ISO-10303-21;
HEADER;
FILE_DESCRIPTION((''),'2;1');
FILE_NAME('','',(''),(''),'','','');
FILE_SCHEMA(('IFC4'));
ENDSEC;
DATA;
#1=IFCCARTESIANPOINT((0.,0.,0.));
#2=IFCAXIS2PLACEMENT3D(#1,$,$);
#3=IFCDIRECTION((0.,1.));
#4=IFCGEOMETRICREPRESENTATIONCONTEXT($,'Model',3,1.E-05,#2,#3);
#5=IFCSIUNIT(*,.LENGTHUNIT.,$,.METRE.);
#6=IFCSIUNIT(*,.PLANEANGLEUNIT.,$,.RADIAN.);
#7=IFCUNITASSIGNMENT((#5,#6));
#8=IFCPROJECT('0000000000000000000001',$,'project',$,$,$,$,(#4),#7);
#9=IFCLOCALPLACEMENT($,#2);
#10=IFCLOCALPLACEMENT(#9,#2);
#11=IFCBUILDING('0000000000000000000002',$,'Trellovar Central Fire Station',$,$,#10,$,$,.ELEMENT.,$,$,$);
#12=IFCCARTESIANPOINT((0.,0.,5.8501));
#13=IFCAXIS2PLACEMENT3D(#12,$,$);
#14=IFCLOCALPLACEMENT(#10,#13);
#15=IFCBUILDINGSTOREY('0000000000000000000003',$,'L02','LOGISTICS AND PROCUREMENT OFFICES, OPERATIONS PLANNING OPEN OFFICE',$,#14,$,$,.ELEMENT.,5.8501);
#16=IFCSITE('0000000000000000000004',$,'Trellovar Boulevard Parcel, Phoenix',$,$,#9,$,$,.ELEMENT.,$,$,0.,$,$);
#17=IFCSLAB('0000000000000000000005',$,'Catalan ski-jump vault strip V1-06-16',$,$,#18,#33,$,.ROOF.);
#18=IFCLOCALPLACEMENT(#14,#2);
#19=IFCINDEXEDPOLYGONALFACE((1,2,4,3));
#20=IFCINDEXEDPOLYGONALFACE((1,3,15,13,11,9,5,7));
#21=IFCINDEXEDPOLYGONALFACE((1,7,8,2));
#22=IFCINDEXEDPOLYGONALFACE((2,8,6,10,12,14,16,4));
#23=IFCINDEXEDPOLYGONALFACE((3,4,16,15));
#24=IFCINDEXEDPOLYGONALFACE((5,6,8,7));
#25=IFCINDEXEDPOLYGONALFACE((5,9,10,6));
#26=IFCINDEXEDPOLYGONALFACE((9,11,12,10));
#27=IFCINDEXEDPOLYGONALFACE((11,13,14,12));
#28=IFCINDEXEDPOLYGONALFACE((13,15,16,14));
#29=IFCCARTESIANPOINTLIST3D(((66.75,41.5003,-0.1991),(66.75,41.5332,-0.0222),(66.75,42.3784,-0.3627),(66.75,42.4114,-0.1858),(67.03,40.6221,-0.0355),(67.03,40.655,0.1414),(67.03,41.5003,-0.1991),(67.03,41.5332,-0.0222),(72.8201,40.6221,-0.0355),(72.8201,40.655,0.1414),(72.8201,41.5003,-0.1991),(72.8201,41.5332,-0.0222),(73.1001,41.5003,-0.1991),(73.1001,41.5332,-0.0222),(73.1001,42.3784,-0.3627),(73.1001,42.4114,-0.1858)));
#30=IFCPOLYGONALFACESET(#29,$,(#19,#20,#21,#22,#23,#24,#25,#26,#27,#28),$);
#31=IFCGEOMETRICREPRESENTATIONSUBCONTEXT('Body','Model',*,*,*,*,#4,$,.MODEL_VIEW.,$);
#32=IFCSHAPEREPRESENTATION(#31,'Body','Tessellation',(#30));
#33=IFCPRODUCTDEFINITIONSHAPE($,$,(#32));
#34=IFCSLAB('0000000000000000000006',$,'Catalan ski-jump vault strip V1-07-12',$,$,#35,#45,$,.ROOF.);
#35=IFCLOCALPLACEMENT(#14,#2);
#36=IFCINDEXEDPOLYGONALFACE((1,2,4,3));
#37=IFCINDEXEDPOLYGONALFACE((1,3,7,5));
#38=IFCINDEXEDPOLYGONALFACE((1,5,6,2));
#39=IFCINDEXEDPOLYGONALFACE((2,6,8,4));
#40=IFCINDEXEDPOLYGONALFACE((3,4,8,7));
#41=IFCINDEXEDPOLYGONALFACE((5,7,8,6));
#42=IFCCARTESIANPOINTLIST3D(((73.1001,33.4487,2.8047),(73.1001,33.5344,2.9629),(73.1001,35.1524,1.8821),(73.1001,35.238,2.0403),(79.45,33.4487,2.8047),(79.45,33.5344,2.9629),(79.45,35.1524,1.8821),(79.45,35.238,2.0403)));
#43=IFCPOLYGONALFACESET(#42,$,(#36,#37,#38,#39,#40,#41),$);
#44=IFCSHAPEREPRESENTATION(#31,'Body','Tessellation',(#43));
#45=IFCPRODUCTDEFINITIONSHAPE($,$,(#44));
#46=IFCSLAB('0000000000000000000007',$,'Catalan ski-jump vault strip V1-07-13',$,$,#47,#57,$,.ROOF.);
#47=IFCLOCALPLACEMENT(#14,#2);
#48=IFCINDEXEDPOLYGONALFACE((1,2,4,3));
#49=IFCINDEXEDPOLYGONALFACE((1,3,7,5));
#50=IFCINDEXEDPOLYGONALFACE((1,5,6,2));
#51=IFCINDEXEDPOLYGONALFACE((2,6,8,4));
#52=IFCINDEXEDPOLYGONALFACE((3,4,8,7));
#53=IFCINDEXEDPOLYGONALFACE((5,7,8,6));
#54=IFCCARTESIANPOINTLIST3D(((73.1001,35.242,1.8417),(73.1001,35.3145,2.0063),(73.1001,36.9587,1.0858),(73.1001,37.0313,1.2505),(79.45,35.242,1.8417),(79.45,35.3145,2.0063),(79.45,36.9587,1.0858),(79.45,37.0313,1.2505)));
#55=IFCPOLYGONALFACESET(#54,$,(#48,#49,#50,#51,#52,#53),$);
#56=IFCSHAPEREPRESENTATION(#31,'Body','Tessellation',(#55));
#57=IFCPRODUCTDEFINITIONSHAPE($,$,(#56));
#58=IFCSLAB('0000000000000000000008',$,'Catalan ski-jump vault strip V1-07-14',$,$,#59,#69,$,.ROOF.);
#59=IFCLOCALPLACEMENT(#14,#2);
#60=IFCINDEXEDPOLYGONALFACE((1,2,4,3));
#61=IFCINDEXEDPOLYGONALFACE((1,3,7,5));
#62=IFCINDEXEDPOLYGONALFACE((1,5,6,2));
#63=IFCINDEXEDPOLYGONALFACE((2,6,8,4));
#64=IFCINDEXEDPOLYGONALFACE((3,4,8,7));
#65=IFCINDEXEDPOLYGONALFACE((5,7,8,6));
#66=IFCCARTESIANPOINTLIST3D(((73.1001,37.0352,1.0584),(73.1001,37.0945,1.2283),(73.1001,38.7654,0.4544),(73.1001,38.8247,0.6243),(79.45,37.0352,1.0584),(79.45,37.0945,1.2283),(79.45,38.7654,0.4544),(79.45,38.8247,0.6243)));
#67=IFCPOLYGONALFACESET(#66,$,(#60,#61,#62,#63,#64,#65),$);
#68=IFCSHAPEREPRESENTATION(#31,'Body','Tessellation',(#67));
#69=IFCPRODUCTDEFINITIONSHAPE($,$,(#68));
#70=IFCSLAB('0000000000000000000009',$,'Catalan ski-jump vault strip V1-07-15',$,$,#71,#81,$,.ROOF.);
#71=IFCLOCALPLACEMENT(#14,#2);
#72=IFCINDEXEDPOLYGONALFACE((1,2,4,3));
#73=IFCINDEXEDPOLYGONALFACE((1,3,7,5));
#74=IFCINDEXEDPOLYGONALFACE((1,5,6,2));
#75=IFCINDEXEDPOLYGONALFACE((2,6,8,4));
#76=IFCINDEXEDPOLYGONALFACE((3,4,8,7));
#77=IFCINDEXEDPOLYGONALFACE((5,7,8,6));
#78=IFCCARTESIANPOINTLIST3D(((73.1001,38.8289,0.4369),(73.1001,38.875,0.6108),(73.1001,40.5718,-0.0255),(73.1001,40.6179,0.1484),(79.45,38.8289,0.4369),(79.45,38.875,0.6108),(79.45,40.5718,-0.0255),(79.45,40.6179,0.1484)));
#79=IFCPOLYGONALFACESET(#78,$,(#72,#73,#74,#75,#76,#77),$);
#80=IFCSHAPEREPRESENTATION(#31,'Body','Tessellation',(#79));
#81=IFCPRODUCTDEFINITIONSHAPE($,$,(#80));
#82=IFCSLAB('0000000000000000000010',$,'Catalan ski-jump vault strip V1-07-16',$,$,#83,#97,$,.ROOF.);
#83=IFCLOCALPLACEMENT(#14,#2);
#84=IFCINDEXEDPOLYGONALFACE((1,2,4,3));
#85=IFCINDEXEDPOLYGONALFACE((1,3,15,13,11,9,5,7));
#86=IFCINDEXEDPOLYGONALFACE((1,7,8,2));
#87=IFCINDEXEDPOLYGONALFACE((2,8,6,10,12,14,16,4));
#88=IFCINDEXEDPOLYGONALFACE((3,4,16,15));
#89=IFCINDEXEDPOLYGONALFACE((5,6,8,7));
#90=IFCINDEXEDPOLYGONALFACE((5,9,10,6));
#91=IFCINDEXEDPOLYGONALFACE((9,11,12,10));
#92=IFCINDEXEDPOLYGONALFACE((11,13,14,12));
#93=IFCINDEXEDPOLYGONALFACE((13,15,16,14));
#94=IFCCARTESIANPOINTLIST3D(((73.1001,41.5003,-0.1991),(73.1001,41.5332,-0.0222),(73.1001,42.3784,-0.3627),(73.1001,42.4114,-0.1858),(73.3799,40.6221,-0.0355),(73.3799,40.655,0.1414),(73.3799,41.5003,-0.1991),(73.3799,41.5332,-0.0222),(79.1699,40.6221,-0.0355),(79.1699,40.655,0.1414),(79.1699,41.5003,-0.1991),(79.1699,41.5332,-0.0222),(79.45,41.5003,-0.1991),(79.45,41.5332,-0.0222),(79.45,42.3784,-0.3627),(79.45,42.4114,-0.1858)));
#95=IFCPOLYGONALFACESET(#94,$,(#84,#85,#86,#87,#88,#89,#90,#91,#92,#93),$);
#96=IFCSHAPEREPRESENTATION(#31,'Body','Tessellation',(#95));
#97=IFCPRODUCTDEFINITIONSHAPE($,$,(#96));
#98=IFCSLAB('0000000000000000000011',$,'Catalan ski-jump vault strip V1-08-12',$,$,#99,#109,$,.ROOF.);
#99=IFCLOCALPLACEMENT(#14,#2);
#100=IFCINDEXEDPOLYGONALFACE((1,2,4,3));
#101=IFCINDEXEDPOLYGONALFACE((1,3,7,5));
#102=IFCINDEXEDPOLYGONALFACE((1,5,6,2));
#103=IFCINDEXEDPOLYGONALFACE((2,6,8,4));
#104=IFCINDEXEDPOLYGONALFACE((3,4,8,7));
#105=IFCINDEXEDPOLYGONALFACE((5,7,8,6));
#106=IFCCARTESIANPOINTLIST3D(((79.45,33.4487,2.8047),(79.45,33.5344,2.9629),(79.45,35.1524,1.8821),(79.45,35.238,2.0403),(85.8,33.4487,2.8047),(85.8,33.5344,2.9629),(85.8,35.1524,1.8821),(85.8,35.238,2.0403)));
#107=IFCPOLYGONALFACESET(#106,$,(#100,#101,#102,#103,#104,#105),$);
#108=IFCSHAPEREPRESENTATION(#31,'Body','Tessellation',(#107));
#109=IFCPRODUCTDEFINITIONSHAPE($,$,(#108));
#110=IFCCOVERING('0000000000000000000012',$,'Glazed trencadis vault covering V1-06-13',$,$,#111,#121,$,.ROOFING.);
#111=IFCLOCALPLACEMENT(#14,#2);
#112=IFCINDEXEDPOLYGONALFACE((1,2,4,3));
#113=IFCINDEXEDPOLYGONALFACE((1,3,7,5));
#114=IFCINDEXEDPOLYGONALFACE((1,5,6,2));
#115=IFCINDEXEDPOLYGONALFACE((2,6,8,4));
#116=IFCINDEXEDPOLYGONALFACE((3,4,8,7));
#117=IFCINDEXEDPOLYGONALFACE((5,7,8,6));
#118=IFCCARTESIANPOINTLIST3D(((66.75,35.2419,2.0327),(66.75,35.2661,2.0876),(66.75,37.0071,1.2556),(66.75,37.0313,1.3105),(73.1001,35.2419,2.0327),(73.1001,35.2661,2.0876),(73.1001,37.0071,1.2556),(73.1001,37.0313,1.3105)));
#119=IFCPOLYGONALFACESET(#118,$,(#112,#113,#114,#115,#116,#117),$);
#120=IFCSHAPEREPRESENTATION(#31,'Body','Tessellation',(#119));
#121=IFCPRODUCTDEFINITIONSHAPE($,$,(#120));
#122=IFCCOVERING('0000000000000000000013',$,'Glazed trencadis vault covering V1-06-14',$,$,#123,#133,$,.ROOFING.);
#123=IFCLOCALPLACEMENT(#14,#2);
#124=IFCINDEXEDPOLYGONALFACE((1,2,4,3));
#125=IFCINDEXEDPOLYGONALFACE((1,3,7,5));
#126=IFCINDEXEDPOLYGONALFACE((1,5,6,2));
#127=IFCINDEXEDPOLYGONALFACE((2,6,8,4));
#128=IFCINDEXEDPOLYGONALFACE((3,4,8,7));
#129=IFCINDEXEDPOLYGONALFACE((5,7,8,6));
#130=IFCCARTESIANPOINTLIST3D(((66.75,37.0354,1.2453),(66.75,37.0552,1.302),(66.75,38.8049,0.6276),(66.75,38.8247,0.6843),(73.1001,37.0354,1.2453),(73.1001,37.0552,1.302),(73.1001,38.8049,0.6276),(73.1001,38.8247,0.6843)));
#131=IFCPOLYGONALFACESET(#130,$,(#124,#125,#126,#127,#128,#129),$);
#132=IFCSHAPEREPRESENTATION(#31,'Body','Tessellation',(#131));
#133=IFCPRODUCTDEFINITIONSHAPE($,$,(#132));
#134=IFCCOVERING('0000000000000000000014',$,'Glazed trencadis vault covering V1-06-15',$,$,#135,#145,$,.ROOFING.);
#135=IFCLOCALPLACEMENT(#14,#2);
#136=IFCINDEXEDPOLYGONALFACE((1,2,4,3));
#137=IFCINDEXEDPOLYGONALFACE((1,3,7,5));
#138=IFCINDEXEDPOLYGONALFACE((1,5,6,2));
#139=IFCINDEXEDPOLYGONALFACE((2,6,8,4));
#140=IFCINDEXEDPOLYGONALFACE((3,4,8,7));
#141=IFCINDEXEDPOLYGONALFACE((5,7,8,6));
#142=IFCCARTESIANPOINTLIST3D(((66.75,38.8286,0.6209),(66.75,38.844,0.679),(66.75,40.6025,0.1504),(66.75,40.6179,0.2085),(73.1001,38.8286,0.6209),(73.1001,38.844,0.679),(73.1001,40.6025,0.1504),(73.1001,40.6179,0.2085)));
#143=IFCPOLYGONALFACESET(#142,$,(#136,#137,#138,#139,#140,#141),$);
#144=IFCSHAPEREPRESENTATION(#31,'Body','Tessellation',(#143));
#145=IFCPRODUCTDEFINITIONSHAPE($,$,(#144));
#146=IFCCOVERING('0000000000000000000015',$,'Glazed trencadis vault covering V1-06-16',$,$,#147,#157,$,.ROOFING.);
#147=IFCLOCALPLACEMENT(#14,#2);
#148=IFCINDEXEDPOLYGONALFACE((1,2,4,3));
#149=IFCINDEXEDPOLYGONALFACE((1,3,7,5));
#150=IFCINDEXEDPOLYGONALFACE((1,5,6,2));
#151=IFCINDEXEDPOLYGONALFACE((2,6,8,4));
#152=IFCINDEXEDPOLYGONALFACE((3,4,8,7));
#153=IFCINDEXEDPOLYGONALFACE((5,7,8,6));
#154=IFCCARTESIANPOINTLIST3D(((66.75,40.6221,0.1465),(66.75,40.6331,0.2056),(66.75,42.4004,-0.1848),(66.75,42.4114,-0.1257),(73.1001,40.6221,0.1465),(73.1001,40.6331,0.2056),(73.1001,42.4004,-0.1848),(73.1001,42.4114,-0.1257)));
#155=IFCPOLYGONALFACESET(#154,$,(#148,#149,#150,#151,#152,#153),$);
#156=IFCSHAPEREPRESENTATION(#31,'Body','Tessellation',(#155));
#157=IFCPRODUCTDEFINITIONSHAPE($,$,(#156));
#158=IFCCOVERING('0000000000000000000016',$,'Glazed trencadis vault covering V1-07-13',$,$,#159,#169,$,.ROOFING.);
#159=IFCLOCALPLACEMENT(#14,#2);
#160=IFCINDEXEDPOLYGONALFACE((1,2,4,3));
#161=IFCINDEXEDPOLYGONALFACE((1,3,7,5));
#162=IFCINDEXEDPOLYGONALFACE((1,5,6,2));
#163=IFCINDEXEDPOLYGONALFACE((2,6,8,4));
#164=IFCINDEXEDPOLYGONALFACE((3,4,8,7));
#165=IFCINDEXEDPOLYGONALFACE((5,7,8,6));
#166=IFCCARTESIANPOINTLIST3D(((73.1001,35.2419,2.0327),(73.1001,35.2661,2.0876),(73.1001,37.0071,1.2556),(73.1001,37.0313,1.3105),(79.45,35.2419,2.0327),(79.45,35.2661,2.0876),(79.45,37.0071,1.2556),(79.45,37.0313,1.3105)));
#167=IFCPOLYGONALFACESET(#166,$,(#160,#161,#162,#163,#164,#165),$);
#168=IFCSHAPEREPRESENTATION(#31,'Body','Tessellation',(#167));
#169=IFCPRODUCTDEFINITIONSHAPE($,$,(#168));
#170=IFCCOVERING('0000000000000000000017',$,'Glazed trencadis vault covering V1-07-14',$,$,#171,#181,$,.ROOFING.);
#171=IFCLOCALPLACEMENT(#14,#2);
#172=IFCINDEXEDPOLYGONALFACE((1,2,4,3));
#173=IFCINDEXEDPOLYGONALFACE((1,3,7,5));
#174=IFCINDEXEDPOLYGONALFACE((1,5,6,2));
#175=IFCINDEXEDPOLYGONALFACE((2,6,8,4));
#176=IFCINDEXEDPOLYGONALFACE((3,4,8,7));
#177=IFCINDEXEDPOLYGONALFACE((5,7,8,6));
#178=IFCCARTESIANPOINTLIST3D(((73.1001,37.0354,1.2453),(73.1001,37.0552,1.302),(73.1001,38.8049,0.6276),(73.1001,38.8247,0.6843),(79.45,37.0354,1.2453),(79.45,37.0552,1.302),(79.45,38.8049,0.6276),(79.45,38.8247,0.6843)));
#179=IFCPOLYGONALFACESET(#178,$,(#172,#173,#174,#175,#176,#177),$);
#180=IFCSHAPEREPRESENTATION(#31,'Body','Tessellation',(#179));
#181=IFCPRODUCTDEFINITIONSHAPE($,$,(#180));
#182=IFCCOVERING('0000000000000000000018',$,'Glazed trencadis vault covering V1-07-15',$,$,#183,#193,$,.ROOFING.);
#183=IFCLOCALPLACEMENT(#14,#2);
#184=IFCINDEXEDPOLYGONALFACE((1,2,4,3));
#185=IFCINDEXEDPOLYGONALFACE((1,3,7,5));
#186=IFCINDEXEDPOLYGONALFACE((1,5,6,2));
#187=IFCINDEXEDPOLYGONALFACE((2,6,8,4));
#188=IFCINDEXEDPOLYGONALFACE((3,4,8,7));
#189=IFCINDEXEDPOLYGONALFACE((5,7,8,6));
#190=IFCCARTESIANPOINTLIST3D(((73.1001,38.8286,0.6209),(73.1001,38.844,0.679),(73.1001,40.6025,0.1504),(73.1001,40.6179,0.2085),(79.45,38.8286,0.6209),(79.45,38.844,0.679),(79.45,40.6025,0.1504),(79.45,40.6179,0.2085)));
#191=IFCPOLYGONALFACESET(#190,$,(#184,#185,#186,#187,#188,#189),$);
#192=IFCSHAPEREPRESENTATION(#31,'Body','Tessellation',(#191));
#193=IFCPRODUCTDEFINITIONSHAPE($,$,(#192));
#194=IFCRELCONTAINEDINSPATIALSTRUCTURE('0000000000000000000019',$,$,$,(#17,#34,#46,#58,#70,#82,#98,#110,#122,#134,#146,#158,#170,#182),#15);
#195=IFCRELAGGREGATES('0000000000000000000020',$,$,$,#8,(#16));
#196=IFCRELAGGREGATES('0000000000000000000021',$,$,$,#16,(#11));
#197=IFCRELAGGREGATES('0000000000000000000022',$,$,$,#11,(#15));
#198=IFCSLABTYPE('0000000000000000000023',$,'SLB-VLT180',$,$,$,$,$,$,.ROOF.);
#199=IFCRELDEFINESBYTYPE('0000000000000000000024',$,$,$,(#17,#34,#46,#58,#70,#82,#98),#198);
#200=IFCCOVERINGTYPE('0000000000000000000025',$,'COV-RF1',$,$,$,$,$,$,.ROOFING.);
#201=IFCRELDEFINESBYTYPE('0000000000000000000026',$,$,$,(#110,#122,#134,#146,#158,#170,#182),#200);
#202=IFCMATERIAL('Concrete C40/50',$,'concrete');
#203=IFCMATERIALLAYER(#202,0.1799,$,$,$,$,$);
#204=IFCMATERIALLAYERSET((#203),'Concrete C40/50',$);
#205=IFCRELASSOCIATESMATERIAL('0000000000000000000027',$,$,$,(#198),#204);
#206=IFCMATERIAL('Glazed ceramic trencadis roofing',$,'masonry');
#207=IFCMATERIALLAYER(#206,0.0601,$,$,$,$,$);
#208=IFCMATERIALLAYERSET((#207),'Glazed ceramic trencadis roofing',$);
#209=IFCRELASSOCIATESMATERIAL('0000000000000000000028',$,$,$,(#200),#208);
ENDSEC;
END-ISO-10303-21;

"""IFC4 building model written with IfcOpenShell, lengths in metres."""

from ifc_helpers import new_model, si_unit, direction, frame, origin, place, context, subcontext, project, spatial, polyline, outline, extrude, material, layer, layer_set, type_object, element, save


model = new_model("IFC4")

# Units and contexts
model_context = context("Model", 3, precision=1e-05, world=origin(), true_north=direction((0.0, 1.0)))
body_context = subcontext(model_context, "Body", "Model", "MODEL_VIEW")
ifc_project = project(units=[si_unit("LENGTHUNIT", "METRE"), si_unit("PLANEANGLEUNIT", "RADIAN")], contexts=[model_context])

# Site, building, storey
site_placement = place(None, origin())
site = spatial("IfcSite", under=ifc_project, at=site_placement, Name="Trellovar Boulevard Parcel, Phoenix", CompositionType="ELEMENT", RefElevation=0.0)
building_placement = place(site_placement, origin())
building = spatial("IfcBuilding", under=site, at=building_placement, Name="Trellovar Central Fire Station", CompositionType="ELEMENT")
storey_placement = place(building_placement, frame((0.0, 0.0, 5.8501)))
storey = spatial("IfcBuildingStorey", under=building, at=storey_placement, Name="L02", Description="LOGISTICS AND PROCUREMENT OFFICES, OPERATIONS PLANNING OPEN OFFICE", CompositionType="ELEMENT", Elevation=5.8501)

# Slabs
ifc_material_1 = material(Name="Concrete C40/50", Category="concrete")
ifc_layer_1 = layer(ifc_material_1, 0.1799)
ifc_layer_set_1 = layer_set([ifc_layer_1], Name="Concrete C40/50")
slab_type = type_object("IfcSlabType", Name="SLB-VLT180", PredefinedType="ROOF", material=ifc_layer_set_1)
slab_1_placement = place(storey_placement, frame((67.03, 40.655, 0.1414), z_axis=(0.0, 0.183117, 0.983091), x_axis=(1.0, 0.0, 0.0)))
element("IfcSlab", 1, at=slab_1_placement, inside=storey, type_object=slab_type, Name="Catalan ski-jump vault strip V1-06-16", PredefinedType="ROOF", context=body_context, shape_type="SweptSolid", body=[
    extrude(outline(polyline([(0.0, 0.0), (5.79, 0.0), (5.79, 0.8933), (6.0701, 0.8933), (6.0701, 1.7866), (-0.28, 1.7866), (-0.28, 0.8933), (0.0, 0.8933), (0.0, 0.0)])), origin(), (0.0, 0.0, -1.0), 0.1799),
])
slab_2_placement = place(storey_placement, frame((73.1001, 33.5344, 2.9629), z_axis=(0.0, 0.47621, 0.879332), x_axis=(1.0, 0.0, 0.0)))
element("IfcSlab", 2, at=slab_2_placement, inside=storey, type_object=slab_type, Name="Catalan ski-jump vault strip V1-07-12", PredefinedType="ROOF", context=body_context, shape_type="SweptSolid", body=[
    extrude(outline(polyline([(0.0, 0.0), (6.3499, 0.0), (6.3499, 1.9374), (0.0, 1.9374), (0.0, 0.0)])), origin(), (0.0, 0.0, -1.0), 0.1799),
])
slab_3_placement = place(storey_placement, frame((73.1001, 35.3145, 2.0063), z_axis=(0.0, 0.402948, 0.915223), x_axis=(1.0, 0.0, 0.0)))
element("IfcSlab", 3, at=slab_3_placement, inside=storey, type_object=slab_type, Name="Catalan ski-jump vault strip V1-07-13", PredefinedType="ROOF", context=body_context, shape_type="SweptSolid", body=[
    extrude(outline(polyline([(0.0, 0.0), (6.3499, 0.0), (6.3499, 1.8758), (0.0, 1.8758), (0.0, 0.0)])), origin(), (0.0, 0.0, -1.0), 0.1799),
])
slab_4_placement = place(storey_placement, frame((73.1001, 37.0945, 1.2283), z_axis=(0.0, 0.329585, 0.944126), x_axis=(1.0, 0.0, 0.0)))
element("IfcSlab", 4, at=slab_4_placement, inside=storey, type_object=slab_type, Name="Catalan ski-jump vault strip V1-07-14", PredefinedType="ROOF", context=body_context, shape_type="SweptSolid", body=[
    extrude(outline(polyline([(0.0, 0.0), (6.3499, 0.0), (6.3499, 1.8326), (0.0, 1.8326), (0.0, 0.0)])), origin(), (0.0, 0.0, -1.0), 0.1799),
])
slab_5_placement = place(storey_placement, frame((73.1001, 38.875, 0.6108), z_axis=(0.0, 0.256432, 0.966562), x_axis=(1.0, 0.0, 0.0)))
element("IfcSlab", 5, at=slab_5_placement, inside=storey, type_object=slab_type, Name="Catalan ski-jump vault strip V1-07-15", PredefinedType="ROOF", context=body_context, shape_type="SweptSolid", body=[
    extrude(outline(polyline([(0.0, 0.0), (6.3499, 0.0), (6.3499, 1.8032), (0.0, 1.8032), (0.0, 0.0)])), origin(), (0.0, 0.0, -1.0), 0.1799),
])
slab_6_placement = place(storey_placement, frame((73.3799, 40.655, 0.1414), z_axis=(0.0, 0.183117, 0.983091), x_axis=(1.0, 0.0, 0.0)))
element("IfcSlab", 6, at=slab_6_placement, inside=storey, type_object=slab_type, Name="Catalan ski-jump vault strip V1-07-16", PredefinedType="ROOF", context=body_context, shape_type="SweptSolid", body=[
    extrude(outline(polyline([(0.0, 0.0), (5.79, 0.0), (5.79, 0.8933), (6.0701, 0.8933), (6.0701, 1.7866), (-0.2798, 1.7866), (-0.2798, 0.8933), (0.0, 0.8933), (0.0, 0.0)])), origin(), (0.0, 0.0, -1.0), 0.1799),
])
slab_7_placement = place(storey_placement, frame((79.45, 33.5344, 2.9629), z_axis=(0.0, 0.47621, 0.879332), x_axis=(1.0, 0.0, 0.0)))
element("IfcSlab", 7, at=slab_7_placement, inside=storey, type_object=slab_type, Name="Catalan ski-jump vault strip V1-08-12", PredefinedType="ROOF", context=body_context, shape_type="SweptSolid", body=[
    extrude(outline(polyline([(0.0, 0.0), (6.3501, 0.0), (6.3501, 1.9374), (0.0, 1.9374), (0.0, 0.0)])), origin(), (0.0, 0.0, -1.0), 0.1799),
])

# Coverings
ifc_material_2 = material(Name="Glazed ceramic trencadis roofing", Category="masonry")
ifc_layer_2 = layer(ifc_material_2, 0.0601)
ifc_layer_set_2 = layer_set([ifc_layer_2], Name="Glazed ceramic trencadis roofing")
covering_type = type_object("IfcCoveringType", Name="COV-RF1", PredefinedType="ROOFING", material=ifc_layer_set_2)
covering_1_placement = place(storey_placement, frame((66.75, 35.2661, 2.0876), z_axis=(0.0, 0.40293, 0.915231), x_axis=(1.0, 0.0, 0.0)))
element("IfcCovering", 8, at=covering_1_placement, inside=storey, type_object=covering_type, Name="Glazed trencadis vault covering V1-06-13", PredefinedType="ROOFING", context=body_context, shape_type="SweptSolid", body=[
    extrude(outline(polyline([(0.0, 0.0), (6.3501, 0.0), (6.3501, 1.9286), (0.0, 1.9286), (0.0, 0.0)])), origin(), (0.0, 0.0, -1.0), 0.0601),
])
covering_2_placement = place(storey_placement, frame((66.75, 37.0552, 1.302), z_axis=(0.0, 0.329561, 0.944134), x_axis=(1.0, 0.0, 0.0)))
element("IfcCovering", 9, at=covering_2_placement, inside=storey, type_object=covering_type, Name="Glazed trencadis vault covering V1-06-14", PredefinedType="ROOFING", context=body_context, shape_type="SweptSolid", body=[
    extrude(outline(polyline([(0.0, 0.0), (6.3501, 0.0), (6.3501, 1.8742), (0.0, 1.8742), (0.0, 0.0)])), origin(), (0.0, 0.0, -1.0), 0.0601),
])
covering_3_placement = place(storey_placement, frame((66.75, 38.844, 0.679), z_axis=(0.0, 0.256346, 0.966585), x_axis=(1.0, 0.0, 0.0)))
element("IfcCovering", 10, at=covering_3_placement, inside=storey, type_object=covering_type, Name="Glazed trencadis vault covering V1-06-15", PredefinedType="ROOFING", context=body_context, shape_type="SweptSolid", body=[
    extrude(outline(polyline([(0.0, 0.0), (6.3501, 0.0), (6.3501, 1.8353), (0.0, 1.8353), (0.0, 0.0)])), origin(), (0.0, 0.0, -1.0), 0.0601),
])
covering_4_placement = place(storey_placement, frame((66.75, 40.6331, 0.2056), z_axis=(0.0, 0.183148, 0.983085), x_axis=(1.0, 0.0, 0.0)))
element("IfcCovering", 11, at=covering_4_placement, inside=storey, type_object=covering_type, Name="Glazed trencadis vault covering V1-06-16", PredefinedType="ROOFING", context=body_context, shape_type="SweptSolid", body=[
    extrude(outline(polyline([(0.0, 0.0), (6.3501, 0.0), (6.3501, 1.8089), (0.0, 1.8089), (0.0, 0.0)])), origin(), (0.0, 0.0, -1.0), 0.0601),
])
covering_5_placement = place(storey_placement, frame((73.1001, 35.2661, 2.0876), z_axis=(0.0, 0.40293, 0.915231), x_axis=(1.0, 0.0, 0.0)))
element("IfcCovering", 12, at=covering_5_placement, inside=storey, type_object=covering_type, Name="Glazed trencadis vault covering V1-07-13", PredefinedType="ROOFING", context=body_context, shape_type="SweptSolid", body=[
    extrude(outline(polyline([(0.0, 0.0), (6.3499, 0.0), (6.3499, 1.9286), (0.0, 1.9286), (0.0, 0.0)])), origin(), (0.0, 0.0, -1.0), 0.0601),
])
covering_6_placement = place(storey_placement, frame((73.1001, 37.0552, 1.302), z_axis=(0.0, 0.329561, 0.944134), x_axis=(1.0, 0.0, 0.0)))
element("IfcCovering", 13, at=covering_6_placement, inside=storey, type_object=covering_type, Name="Glazed trencadis vault covering V1-07-14", PredefinedType="ROOFING", context=body_context, shape_type="SweptSolid", body=[
    extrude(outline(polyline([(0.0, 0.0), (6.3499, 0.0), (6.3499, 1.8742), (0.0, 1.8742), (0.0, 0.0)])), origin(), (0.0, 0.0, -1.0), 0.0601),
])
covering_7_placement = place(storey_placement, frame((73.1001, 38.844, 0.679), z_axis=(0.0, 0.256346, 0.966585), x_axis=(1.0, 0.0, 0.0)))
element("IfcCovering", 14, at=covering_7_placement, inside=storey, type_object=covering_type, Name="Glazed trencadis vault covering V1-07-15", PredefinedType="ROOFING", context=body_context, shape_type="SweptSolid", body=[
    extrude(outline(polyline([(0.0, 0.0), (6.3499, 0.0), (6.3499, 1.8353), (0.0, 1.8353), (0.0, 0.0)])), origin(), (0.0, 0.0, -1.0), 0.0601),
])

save(model, "model.ifc")
